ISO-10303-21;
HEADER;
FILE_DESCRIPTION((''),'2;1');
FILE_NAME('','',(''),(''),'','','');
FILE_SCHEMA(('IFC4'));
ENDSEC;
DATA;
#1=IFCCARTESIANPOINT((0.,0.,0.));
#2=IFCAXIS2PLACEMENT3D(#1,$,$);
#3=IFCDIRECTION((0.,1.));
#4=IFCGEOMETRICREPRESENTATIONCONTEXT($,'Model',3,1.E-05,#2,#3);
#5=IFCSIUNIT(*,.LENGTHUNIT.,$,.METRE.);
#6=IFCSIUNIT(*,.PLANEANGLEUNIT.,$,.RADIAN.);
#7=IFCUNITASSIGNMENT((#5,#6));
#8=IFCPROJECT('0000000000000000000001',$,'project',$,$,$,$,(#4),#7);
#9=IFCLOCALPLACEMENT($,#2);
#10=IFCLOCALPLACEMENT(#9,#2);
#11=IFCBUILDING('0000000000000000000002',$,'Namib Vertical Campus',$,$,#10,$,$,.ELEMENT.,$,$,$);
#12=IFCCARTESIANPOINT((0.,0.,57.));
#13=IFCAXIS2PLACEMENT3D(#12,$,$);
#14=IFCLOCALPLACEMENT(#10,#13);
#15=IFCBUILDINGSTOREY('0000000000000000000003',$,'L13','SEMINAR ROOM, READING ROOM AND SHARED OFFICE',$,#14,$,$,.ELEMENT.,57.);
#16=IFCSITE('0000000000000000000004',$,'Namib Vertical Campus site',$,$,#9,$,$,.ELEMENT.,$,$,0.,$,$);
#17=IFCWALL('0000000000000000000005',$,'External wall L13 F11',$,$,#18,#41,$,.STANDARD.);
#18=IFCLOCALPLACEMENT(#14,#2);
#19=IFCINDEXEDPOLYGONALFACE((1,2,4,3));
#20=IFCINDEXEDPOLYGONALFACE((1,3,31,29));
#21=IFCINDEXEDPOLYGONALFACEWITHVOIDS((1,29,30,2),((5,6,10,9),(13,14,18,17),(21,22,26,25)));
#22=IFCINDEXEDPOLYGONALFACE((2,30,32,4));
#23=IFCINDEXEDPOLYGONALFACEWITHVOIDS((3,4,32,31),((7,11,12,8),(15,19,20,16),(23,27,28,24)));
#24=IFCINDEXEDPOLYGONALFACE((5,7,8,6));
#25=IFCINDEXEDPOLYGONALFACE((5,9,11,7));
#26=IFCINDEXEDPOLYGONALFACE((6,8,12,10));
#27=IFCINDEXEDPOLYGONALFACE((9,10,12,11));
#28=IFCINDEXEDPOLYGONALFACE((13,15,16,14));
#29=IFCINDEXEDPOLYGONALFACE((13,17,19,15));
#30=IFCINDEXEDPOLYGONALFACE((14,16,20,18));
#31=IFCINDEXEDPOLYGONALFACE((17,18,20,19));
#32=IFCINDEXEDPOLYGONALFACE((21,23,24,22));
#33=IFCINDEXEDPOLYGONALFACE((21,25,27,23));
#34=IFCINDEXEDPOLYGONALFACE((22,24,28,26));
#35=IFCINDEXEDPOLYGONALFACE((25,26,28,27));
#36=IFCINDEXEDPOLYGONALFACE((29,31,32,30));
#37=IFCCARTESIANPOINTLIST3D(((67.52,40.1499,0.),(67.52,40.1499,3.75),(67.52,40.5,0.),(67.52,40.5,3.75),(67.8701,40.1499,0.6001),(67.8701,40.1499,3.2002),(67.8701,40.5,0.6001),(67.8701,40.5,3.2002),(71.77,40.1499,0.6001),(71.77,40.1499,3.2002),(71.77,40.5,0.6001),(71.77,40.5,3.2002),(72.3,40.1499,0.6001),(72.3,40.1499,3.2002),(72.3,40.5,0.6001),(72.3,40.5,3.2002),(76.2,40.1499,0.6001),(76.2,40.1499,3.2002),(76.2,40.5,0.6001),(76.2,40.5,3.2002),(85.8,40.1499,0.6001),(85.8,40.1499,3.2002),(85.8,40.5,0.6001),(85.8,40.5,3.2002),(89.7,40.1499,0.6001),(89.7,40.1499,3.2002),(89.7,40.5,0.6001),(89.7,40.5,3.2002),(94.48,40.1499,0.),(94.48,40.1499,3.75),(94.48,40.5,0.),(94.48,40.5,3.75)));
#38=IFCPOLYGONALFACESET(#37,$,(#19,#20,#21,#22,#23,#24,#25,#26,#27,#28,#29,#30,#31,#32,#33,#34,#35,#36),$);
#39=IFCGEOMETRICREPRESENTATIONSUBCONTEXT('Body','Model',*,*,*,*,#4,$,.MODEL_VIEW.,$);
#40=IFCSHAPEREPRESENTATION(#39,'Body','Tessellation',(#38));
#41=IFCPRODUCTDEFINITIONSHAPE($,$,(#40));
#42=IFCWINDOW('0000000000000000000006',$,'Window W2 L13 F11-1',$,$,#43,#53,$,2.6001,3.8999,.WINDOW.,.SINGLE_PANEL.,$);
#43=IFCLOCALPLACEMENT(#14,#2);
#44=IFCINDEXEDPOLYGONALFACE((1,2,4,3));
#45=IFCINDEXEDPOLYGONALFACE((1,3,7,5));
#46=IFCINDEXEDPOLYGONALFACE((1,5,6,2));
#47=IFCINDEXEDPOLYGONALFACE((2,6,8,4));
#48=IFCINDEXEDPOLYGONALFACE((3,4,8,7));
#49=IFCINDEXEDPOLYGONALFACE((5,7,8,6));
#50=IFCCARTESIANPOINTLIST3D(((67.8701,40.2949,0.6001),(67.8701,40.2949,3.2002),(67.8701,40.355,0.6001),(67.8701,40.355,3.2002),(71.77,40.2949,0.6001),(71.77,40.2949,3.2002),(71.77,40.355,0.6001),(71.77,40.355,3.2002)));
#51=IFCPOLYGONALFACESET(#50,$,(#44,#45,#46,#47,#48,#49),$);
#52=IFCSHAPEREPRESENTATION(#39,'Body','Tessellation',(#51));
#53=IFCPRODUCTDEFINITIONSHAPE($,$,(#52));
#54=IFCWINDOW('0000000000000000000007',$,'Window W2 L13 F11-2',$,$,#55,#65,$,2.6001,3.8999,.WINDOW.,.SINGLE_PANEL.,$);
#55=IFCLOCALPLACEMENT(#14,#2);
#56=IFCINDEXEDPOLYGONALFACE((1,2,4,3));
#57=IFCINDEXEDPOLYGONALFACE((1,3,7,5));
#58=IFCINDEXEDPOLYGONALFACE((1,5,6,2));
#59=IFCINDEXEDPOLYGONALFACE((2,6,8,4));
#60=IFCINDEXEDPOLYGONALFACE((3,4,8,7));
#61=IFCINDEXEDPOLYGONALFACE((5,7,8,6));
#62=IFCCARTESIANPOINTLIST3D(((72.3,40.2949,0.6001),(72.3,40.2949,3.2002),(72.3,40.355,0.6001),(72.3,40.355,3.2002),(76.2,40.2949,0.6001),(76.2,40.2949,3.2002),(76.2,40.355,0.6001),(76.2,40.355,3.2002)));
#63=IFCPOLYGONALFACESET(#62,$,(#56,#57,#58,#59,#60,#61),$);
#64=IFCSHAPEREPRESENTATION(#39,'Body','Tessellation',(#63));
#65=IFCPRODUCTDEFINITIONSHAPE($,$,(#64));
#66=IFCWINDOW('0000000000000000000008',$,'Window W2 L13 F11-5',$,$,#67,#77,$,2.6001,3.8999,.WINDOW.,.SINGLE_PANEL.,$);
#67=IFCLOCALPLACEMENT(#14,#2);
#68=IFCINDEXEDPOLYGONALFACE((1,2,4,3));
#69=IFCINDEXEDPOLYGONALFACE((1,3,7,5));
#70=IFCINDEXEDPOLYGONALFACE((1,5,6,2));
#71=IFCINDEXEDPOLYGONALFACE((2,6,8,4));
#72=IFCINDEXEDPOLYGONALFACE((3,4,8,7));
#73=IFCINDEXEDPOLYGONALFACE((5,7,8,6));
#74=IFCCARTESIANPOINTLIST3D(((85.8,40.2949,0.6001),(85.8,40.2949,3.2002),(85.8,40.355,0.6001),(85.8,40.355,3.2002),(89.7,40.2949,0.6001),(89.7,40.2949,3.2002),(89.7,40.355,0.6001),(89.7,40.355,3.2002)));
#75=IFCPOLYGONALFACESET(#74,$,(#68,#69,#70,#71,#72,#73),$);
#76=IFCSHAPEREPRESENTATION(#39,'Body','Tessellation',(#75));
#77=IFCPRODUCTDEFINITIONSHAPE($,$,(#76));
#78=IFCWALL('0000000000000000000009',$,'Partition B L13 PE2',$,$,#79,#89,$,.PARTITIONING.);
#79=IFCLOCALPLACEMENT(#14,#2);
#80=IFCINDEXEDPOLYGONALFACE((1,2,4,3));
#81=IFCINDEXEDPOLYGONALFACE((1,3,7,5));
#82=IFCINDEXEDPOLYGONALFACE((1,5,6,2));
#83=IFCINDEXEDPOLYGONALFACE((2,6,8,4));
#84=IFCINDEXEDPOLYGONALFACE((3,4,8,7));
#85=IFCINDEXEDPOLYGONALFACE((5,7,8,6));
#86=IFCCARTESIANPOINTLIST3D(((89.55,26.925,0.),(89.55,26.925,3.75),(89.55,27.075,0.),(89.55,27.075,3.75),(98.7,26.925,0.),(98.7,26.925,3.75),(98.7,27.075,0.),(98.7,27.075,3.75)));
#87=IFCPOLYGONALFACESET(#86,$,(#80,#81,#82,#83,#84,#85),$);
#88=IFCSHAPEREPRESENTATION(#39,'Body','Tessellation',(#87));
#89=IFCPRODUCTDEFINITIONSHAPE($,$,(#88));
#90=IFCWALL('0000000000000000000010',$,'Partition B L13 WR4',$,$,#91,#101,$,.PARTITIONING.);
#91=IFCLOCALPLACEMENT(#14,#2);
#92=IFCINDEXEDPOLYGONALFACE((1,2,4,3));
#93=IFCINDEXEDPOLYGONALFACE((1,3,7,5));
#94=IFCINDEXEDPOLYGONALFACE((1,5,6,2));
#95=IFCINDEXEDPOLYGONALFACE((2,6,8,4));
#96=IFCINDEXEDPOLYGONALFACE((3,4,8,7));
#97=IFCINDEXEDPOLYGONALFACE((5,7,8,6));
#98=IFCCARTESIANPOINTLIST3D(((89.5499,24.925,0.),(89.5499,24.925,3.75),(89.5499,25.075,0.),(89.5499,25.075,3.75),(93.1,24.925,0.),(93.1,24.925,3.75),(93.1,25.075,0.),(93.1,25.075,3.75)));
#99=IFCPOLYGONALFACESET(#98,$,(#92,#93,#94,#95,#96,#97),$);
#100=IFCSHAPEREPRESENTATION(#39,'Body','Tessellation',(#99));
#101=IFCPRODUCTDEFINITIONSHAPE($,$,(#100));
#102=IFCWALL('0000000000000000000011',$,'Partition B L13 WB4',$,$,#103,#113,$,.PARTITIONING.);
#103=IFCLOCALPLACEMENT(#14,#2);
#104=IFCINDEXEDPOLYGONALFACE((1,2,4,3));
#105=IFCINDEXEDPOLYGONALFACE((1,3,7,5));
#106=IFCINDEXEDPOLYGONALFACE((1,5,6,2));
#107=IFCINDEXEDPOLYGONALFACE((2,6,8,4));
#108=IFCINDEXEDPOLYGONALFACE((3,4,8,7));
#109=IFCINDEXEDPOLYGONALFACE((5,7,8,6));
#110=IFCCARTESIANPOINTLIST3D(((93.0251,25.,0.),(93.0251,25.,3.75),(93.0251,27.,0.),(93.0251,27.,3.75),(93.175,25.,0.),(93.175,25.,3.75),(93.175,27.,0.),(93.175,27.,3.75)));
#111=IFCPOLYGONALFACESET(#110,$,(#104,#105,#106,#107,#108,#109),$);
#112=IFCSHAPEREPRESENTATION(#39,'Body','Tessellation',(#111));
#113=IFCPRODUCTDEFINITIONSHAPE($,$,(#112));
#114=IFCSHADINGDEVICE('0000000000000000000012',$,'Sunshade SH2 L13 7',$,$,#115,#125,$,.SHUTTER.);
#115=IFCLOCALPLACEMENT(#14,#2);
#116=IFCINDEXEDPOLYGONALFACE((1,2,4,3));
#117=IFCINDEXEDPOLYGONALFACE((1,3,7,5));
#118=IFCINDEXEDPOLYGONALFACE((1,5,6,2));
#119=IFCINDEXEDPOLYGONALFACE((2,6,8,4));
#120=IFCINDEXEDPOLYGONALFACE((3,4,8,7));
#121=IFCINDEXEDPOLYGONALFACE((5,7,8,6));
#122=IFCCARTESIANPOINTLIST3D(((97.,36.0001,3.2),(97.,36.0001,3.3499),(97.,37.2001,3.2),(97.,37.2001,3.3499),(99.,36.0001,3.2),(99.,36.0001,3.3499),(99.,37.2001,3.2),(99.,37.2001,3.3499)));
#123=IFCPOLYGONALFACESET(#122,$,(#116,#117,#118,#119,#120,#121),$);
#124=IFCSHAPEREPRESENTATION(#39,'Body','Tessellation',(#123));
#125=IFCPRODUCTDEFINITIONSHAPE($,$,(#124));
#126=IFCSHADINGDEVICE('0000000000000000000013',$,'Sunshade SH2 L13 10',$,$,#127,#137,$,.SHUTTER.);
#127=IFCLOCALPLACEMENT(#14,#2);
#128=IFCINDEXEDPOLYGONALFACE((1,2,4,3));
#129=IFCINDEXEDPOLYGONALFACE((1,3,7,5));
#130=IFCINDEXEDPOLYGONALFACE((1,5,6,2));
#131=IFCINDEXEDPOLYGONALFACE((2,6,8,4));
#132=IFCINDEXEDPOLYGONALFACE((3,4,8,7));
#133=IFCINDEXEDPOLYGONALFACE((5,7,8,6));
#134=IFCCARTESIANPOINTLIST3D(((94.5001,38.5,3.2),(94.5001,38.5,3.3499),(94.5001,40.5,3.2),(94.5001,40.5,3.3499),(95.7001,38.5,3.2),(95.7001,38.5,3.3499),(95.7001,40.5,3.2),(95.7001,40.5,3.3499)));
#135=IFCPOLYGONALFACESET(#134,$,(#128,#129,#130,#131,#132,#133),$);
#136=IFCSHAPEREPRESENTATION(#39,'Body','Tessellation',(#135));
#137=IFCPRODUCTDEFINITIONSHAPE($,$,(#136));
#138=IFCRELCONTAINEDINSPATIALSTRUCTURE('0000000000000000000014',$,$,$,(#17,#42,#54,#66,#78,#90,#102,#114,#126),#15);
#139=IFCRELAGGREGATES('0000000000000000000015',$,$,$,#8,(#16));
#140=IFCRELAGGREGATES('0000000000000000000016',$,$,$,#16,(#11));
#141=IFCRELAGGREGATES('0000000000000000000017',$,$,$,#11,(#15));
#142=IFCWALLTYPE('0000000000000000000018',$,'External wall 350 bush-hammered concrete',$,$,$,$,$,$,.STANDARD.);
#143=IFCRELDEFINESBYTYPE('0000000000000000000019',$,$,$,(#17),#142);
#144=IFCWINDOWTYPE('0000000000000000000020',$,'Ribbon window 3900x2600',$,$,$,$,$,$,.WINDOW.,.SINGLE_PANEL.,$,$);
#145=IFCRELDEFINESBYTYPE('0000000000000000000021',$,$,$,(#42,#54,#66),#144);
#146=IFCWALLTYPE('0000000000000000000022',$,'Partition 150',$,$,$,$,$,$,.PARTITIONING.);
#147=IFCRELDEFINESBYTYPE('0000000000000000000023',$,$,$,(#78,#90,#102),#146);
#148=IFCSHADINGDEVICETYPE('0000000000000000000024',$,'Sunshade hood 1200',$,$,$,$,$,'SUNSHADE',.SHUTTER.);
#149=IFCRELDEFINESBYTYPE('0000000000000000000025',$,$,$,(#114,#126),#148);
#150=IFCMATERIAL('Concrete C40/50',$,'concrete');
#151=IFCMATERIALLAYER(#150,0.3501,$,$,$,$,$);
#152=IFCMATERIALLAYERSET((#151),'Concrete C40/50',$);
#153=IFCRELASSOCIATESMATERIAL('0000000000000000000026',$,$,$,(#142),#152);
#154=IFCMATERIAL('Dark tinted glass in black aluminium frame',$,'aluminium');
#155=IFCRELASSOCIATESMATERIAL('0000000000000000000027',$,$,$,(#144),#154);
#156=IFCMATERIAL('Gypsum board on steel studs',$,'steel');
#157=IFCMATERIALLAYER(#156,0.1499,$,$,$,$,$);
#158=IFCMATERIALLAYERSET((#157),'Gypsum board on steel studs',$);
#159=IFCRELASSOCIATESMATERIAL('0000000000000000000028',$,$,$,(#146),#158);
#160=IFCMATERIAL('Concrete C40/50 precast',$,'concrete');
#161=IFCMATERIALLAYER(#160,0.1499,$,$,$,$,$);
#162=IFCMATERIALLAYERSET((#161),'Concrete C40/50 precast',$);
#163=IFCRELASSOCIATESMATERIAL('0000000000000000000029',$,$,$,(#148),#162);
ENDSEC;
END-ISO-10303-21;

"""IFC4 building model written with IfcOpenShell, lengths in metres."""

from ifc_helpers import new_model, si_unit, direction, frame, frame_2d, origin, origin_2d, place, context, subcontext, project, spatial, rectangle, extrude, material, layer, layer_set, type_object, element, fill, save


model = new_model("IFC4")

# Units and contexts
model_context = context("Model", 3, precision=1e-05, world=origin(), true_north=direction((0.0, 1.0)))
body_context = subcontext(model_context, "Body", "Model", "MODEL_VIEW")
ifc_project = project(units=[si_unit("LENGTHUNIT", "METRE"), si_unit("PLANEANGLEUNIT", "RADIAN")], contexts=[model_context])

# Site, building, storey
site_placement = place(None, origin())
site = spatial("IfcSite", under=ifc_project, at=site_placement, Name="Namib Vertical Campus site", CompositionType="ELEMENT", RefElevation=0.0)
building_placement = place(site_placement, origin())
building = spatial("IfcBuilding", under=site, at=building_placement, Name="Namib Vertical Campus", CompositionType="ELEMENT")
storey_placement = place(building_placement, frame((0.0, 0.0, 57.0)))
storey = spatial("IfcBuildingStorey", under=building, at=storey_placement, Name="L13", Description="SEMINAR ROOM, READING ROOM AND SHARED OFFICE", CompositionType="ELEMENT", Elevation=57.0)

# Shared definitions
ifc_material_1 = material(Name="Concrete C40/50", Category="concrete")
ifc_layer_1 = layer(ifc_material_1, 0.3501)
ifc_layer_set_1 = layer_set([ifc_layer_1], Name="Concrete C40/50")
wall_type_1 = type_object("IfcWallType", Name="External wall 350 bush-hammered concrete", PredefinedType="STANDARD", material=ifc_layer_set_1)

# Wall, openings, windows
wall_1_placement = place(storey_placement, frame((94.48, 40.325, 0.0), z_axis=(0.0, 0.0, 1.0), x_axis=(-1.0, 0.0, 0.0)))
wall_1 = element("IfcWall", 1, at=wall_1_placement, inside=storey, type_object=wall_type_1, Name="External wall L13 F11", PredefinedType="STANDARD", context=body_context, shape_type="SweptSolid", body=[
    extrude(rectangle(XDim=26.96, YDim=0.3501, at=frame_2d((13.48, 0.0))), origin(), (0.0, 0.0, 1.0), 3.75),
])
opening_1_placement = place(wall_1_placement, frame((22.71, 0.0, 0.6001)))
opening_1 = element("IfcOpeningElement", 2, at=opening_1_placement, cuts=wall_1, PredefinedType="OPENING", context=body_context, shape_type="SweptSolid", body=[
    extrude(rectangle(XDim=3.8999, YDim=2.6001, at=frame_2d((1.95, 1.3))), frame((0.0, 0.1851, 0.0), z_axis=(0.0, -1.0, 0.0), x_axis=(1.0, 0.0, 0.0)), (0.0, 0.0, 1.0), 0.3701),
])
opening_2_placement = place(wall_1_placement, frame((18.28, 0.0, 0.6001)))
opening_2 = element("IfcOpeningElement", 3, at=opening_2_placement, cuts=wall_1, PredefinedType="OPENING", context=body_context, shape_type="SweptSolid", body=[
    extrude(rectangle(XDim=3.8999, YDim=2.6001, at=frame_2d((1.95, 1.3))), frame((0.0, 0.1851, 0.0), z_axis=(0.0, -1.0, 0.0), x_axis=(1.0, 0.0, 0.0)), (0.0, 0.0, 1.0), 0.3701),
])
opening_3_placement = place(wall_1_placement, frame((4.78, 0.0, 0.6001)))
opening_3 = element("IfcOpeningElement", 4, at=opening_3_placement, cuts=wall_1, PredefinedType="OPENING", context=body_context, shape_type="SweptSolid", body=[
    extrude(rectangle(XDim=3.8999, YDim=2.6001, at=frame_2d((1.95, 1.3))), frame((0.0, 0.1851, 0.0), z_axis=(0.0, -1.0, 0.0), x_axis=(1.0, 0.0, 0.0)), (0.0, 0.0, 1.0), 0.3701),
])
ifc_material_2 = material(Name="Dark tinted glass in black aluminium frame", Category="aluminium")
window_type = type_object("IfcWindowType", Name="Ribbon window 3900x2600", PartitioningType="SINGLE_PANEL", PredefinedType="WINDOW", material=ifc_material_2)
window_1_placement = place(opening_1_placement, origin())
window_1 = element("IfcWindow", 5, at=window_1_placement, inside=storey, type_object=window_type, Name="Window W2 L13 F11-1", OverallHeight=2.6001, OverallWidth=3.8999, PartitioningType="SINGLE_PANEL", PredefinedType="WINDOW", context=body_context, shape_type="SweptSolid", body=[
    extrude(rectangle(XDim=3.8999, YDim=2.6001, at=frame_2d((1.95, 1.3))), frame((0.0, 0.03, 0.0), z_axis=(0.0, -1.0, 0.0), x_axis=(1.0, 0.0, 0.0)), (0.0, 0.0, 1.0), 0.0601),
])
fill(opening_1, window_1)
window_2_placement = place(opening_2_placement, origin())
window_2 = element("IfcWindow", 6, at=window_2_placement, inside=storey, type_object=window_type, Name="Window W2 L13 F11-2", OverallHeight=2.6001, OverallWidth=3.8999, PartitioningType="SINGLE_PANEL", PredefinedType="WINDOW", context=body_context, shape_type="SweptSolid", body=[
    extrude(rectangle(XDim=3.8999, YDim=2.6001, at=frame_2d((1.95, 1.3))), frame((0.0, 0.03, 0.0), z_axis=(0.0, -1.0, 0.0), x_axis=(1.0, 0.0, 0.0)), (0.0, 0.0, 1.0), 0.0601),
])
fill(opening_2, window_2)
window_3_placement = place(opening_3_placement, origin())
window_3 = element("IfcWindow", 7, at=window_3_placement, inside=storey, type_object=window_type, Name="Window W2 L13 F11-5", OverallHeight=2.6001, OverallWidth=3.8999, PartitioningType="SINGLE_PANEL", PredefinedType="WINDOW", context=body_context, shape_type="SweptSolid", body=[
    extrude(rectangle(XDim=3.8999, YDim=2.6001, at=frame_2d((1.95, 1.3))), frame((0.0, 0.03, 0.0), z_axis=(0.0, -1.0, 0.0), x_axis=(1.0, 0.0, 0.0)), (0.0, 0.0, 1.0), 0.0601),
])
fill(opening_3, window_3)

# Walls
ifc_material_3 = material(Name="Gypsum board on steel studs", Category="steel")
ifc_layer_2 = layer(ifc_material_3, 0.1499)
ifc_layer_set_2 = layer_set([ifc_layer_2], Name="Gypsum board on steel studs")
wall_type_2 = type_object("IfcWallType", Name="Partition 150", PredefinedType="PARTITIONING", material=ifc_layer_set_2)
wall_2_placement = place(storey_placement, frame((89.55, 27.0, 0.0), z_axis=(0.0, 0.0, 1.0), x_axis=(1.0, 0.0, 0.0)))
element("IfcWall", 8, at=wall_2_placement, inside=storey, type_object=wall_type_2, Name="Partition B L13 PE2", PredefinedType="PARTITIONING", context=body_context, shape_type="SweptSolid", body=[
    extrude(rectangle(XDim=9.1499, YDim=0.1499, at=frame_2d((4.575, 0.0))), origin(), (0.0, 0.0, 1.0), 3.75),
])
wall_3_placement = place(storey_placement, frame((89.55, 25.0, 0.0), z_axis=(0.0, 0.0, 1.0), x_axis=(1.0, 0.0, 0.0)))
element("IfcWall", 9, at=wall_3_placement, inside=storey, type_object=wall_type_2, Name="Partition B L13 WR4", PredefinedType="PARTITIONING", context=body_context, shape_type="SweptSolid", body=[
    extrude(rectangle(XDim=3.55, YDim=0.1499, at=frame_2d((1.7749, 0.0))), origin(), (0.0, 0.0, 1.0), 3.75),
])
wall_4_placement = place(storey_placement, frame((93.1001, 25.0, 0.0), z_axis=(0.0, 0.0, 1.0), x_axis=(0.0, 1.0, 0.0)))
element("IfcWall", 10, at=wall_4_placement, inside=storey, type_object=wall_type_2, Name="Partition B L13 WB4", PredefinedType="PARTITIONING", context=body_context, shape_type="SweptSolid", body=[
    extrude(rectangle(XDim=2.0, YDim=0.1499, at=frame_2d((1.0, 0.0))), origin(), (0.0, 0.0, 1.0), 3.75),
])

# Shading devices
ifc_material_4 = material(Name="Concrete C40/50 precast", Category="concrete")
ifc_layer_3 = layer(ifc_material_4, 0.1499)
ifc_layer_set_3 = layer_set([ifc_layer_3], Name="Concrete C40/50 precast")
shading_device_type = type_object("IfcShadingDeviceType", Name="Sunshade hood 1200", ElementType="SUNSHADE", PredefinedType="SHUTTER", material=ifc_layer_set_3)
for number, where, z_axis, x_axis, name in (
    (11, (98.0, 36.6001, 3.2), (0.0, 0.0, 1.0), (-1.0, 0.0, 0.0), "Sunshade SH2 L13 7"),
    (12, (95.1001, 39.5, 3.2), (0.0, 0.0, 1.0), (0.0, 1.0, 0.0), "Sunshade SH2 L13 10"),
):
    element("IfcShadingDevice", number, at=place(storey_placement, frame(where, z_axis=z_axis, x_axis=x_axis)), inside=storey, type_object=shading_device_type, Name=name, PredefinedType="SHUTTER", context=body_context, shape_type="SweptSolid", body=[
        extrude(rectangle(XDim=2.0, YDim=1.2, at=origin_2d()), origin(), (0.0, 0.0, 1.0), 0.1499),
    ])

save(model, "model.ifc")
